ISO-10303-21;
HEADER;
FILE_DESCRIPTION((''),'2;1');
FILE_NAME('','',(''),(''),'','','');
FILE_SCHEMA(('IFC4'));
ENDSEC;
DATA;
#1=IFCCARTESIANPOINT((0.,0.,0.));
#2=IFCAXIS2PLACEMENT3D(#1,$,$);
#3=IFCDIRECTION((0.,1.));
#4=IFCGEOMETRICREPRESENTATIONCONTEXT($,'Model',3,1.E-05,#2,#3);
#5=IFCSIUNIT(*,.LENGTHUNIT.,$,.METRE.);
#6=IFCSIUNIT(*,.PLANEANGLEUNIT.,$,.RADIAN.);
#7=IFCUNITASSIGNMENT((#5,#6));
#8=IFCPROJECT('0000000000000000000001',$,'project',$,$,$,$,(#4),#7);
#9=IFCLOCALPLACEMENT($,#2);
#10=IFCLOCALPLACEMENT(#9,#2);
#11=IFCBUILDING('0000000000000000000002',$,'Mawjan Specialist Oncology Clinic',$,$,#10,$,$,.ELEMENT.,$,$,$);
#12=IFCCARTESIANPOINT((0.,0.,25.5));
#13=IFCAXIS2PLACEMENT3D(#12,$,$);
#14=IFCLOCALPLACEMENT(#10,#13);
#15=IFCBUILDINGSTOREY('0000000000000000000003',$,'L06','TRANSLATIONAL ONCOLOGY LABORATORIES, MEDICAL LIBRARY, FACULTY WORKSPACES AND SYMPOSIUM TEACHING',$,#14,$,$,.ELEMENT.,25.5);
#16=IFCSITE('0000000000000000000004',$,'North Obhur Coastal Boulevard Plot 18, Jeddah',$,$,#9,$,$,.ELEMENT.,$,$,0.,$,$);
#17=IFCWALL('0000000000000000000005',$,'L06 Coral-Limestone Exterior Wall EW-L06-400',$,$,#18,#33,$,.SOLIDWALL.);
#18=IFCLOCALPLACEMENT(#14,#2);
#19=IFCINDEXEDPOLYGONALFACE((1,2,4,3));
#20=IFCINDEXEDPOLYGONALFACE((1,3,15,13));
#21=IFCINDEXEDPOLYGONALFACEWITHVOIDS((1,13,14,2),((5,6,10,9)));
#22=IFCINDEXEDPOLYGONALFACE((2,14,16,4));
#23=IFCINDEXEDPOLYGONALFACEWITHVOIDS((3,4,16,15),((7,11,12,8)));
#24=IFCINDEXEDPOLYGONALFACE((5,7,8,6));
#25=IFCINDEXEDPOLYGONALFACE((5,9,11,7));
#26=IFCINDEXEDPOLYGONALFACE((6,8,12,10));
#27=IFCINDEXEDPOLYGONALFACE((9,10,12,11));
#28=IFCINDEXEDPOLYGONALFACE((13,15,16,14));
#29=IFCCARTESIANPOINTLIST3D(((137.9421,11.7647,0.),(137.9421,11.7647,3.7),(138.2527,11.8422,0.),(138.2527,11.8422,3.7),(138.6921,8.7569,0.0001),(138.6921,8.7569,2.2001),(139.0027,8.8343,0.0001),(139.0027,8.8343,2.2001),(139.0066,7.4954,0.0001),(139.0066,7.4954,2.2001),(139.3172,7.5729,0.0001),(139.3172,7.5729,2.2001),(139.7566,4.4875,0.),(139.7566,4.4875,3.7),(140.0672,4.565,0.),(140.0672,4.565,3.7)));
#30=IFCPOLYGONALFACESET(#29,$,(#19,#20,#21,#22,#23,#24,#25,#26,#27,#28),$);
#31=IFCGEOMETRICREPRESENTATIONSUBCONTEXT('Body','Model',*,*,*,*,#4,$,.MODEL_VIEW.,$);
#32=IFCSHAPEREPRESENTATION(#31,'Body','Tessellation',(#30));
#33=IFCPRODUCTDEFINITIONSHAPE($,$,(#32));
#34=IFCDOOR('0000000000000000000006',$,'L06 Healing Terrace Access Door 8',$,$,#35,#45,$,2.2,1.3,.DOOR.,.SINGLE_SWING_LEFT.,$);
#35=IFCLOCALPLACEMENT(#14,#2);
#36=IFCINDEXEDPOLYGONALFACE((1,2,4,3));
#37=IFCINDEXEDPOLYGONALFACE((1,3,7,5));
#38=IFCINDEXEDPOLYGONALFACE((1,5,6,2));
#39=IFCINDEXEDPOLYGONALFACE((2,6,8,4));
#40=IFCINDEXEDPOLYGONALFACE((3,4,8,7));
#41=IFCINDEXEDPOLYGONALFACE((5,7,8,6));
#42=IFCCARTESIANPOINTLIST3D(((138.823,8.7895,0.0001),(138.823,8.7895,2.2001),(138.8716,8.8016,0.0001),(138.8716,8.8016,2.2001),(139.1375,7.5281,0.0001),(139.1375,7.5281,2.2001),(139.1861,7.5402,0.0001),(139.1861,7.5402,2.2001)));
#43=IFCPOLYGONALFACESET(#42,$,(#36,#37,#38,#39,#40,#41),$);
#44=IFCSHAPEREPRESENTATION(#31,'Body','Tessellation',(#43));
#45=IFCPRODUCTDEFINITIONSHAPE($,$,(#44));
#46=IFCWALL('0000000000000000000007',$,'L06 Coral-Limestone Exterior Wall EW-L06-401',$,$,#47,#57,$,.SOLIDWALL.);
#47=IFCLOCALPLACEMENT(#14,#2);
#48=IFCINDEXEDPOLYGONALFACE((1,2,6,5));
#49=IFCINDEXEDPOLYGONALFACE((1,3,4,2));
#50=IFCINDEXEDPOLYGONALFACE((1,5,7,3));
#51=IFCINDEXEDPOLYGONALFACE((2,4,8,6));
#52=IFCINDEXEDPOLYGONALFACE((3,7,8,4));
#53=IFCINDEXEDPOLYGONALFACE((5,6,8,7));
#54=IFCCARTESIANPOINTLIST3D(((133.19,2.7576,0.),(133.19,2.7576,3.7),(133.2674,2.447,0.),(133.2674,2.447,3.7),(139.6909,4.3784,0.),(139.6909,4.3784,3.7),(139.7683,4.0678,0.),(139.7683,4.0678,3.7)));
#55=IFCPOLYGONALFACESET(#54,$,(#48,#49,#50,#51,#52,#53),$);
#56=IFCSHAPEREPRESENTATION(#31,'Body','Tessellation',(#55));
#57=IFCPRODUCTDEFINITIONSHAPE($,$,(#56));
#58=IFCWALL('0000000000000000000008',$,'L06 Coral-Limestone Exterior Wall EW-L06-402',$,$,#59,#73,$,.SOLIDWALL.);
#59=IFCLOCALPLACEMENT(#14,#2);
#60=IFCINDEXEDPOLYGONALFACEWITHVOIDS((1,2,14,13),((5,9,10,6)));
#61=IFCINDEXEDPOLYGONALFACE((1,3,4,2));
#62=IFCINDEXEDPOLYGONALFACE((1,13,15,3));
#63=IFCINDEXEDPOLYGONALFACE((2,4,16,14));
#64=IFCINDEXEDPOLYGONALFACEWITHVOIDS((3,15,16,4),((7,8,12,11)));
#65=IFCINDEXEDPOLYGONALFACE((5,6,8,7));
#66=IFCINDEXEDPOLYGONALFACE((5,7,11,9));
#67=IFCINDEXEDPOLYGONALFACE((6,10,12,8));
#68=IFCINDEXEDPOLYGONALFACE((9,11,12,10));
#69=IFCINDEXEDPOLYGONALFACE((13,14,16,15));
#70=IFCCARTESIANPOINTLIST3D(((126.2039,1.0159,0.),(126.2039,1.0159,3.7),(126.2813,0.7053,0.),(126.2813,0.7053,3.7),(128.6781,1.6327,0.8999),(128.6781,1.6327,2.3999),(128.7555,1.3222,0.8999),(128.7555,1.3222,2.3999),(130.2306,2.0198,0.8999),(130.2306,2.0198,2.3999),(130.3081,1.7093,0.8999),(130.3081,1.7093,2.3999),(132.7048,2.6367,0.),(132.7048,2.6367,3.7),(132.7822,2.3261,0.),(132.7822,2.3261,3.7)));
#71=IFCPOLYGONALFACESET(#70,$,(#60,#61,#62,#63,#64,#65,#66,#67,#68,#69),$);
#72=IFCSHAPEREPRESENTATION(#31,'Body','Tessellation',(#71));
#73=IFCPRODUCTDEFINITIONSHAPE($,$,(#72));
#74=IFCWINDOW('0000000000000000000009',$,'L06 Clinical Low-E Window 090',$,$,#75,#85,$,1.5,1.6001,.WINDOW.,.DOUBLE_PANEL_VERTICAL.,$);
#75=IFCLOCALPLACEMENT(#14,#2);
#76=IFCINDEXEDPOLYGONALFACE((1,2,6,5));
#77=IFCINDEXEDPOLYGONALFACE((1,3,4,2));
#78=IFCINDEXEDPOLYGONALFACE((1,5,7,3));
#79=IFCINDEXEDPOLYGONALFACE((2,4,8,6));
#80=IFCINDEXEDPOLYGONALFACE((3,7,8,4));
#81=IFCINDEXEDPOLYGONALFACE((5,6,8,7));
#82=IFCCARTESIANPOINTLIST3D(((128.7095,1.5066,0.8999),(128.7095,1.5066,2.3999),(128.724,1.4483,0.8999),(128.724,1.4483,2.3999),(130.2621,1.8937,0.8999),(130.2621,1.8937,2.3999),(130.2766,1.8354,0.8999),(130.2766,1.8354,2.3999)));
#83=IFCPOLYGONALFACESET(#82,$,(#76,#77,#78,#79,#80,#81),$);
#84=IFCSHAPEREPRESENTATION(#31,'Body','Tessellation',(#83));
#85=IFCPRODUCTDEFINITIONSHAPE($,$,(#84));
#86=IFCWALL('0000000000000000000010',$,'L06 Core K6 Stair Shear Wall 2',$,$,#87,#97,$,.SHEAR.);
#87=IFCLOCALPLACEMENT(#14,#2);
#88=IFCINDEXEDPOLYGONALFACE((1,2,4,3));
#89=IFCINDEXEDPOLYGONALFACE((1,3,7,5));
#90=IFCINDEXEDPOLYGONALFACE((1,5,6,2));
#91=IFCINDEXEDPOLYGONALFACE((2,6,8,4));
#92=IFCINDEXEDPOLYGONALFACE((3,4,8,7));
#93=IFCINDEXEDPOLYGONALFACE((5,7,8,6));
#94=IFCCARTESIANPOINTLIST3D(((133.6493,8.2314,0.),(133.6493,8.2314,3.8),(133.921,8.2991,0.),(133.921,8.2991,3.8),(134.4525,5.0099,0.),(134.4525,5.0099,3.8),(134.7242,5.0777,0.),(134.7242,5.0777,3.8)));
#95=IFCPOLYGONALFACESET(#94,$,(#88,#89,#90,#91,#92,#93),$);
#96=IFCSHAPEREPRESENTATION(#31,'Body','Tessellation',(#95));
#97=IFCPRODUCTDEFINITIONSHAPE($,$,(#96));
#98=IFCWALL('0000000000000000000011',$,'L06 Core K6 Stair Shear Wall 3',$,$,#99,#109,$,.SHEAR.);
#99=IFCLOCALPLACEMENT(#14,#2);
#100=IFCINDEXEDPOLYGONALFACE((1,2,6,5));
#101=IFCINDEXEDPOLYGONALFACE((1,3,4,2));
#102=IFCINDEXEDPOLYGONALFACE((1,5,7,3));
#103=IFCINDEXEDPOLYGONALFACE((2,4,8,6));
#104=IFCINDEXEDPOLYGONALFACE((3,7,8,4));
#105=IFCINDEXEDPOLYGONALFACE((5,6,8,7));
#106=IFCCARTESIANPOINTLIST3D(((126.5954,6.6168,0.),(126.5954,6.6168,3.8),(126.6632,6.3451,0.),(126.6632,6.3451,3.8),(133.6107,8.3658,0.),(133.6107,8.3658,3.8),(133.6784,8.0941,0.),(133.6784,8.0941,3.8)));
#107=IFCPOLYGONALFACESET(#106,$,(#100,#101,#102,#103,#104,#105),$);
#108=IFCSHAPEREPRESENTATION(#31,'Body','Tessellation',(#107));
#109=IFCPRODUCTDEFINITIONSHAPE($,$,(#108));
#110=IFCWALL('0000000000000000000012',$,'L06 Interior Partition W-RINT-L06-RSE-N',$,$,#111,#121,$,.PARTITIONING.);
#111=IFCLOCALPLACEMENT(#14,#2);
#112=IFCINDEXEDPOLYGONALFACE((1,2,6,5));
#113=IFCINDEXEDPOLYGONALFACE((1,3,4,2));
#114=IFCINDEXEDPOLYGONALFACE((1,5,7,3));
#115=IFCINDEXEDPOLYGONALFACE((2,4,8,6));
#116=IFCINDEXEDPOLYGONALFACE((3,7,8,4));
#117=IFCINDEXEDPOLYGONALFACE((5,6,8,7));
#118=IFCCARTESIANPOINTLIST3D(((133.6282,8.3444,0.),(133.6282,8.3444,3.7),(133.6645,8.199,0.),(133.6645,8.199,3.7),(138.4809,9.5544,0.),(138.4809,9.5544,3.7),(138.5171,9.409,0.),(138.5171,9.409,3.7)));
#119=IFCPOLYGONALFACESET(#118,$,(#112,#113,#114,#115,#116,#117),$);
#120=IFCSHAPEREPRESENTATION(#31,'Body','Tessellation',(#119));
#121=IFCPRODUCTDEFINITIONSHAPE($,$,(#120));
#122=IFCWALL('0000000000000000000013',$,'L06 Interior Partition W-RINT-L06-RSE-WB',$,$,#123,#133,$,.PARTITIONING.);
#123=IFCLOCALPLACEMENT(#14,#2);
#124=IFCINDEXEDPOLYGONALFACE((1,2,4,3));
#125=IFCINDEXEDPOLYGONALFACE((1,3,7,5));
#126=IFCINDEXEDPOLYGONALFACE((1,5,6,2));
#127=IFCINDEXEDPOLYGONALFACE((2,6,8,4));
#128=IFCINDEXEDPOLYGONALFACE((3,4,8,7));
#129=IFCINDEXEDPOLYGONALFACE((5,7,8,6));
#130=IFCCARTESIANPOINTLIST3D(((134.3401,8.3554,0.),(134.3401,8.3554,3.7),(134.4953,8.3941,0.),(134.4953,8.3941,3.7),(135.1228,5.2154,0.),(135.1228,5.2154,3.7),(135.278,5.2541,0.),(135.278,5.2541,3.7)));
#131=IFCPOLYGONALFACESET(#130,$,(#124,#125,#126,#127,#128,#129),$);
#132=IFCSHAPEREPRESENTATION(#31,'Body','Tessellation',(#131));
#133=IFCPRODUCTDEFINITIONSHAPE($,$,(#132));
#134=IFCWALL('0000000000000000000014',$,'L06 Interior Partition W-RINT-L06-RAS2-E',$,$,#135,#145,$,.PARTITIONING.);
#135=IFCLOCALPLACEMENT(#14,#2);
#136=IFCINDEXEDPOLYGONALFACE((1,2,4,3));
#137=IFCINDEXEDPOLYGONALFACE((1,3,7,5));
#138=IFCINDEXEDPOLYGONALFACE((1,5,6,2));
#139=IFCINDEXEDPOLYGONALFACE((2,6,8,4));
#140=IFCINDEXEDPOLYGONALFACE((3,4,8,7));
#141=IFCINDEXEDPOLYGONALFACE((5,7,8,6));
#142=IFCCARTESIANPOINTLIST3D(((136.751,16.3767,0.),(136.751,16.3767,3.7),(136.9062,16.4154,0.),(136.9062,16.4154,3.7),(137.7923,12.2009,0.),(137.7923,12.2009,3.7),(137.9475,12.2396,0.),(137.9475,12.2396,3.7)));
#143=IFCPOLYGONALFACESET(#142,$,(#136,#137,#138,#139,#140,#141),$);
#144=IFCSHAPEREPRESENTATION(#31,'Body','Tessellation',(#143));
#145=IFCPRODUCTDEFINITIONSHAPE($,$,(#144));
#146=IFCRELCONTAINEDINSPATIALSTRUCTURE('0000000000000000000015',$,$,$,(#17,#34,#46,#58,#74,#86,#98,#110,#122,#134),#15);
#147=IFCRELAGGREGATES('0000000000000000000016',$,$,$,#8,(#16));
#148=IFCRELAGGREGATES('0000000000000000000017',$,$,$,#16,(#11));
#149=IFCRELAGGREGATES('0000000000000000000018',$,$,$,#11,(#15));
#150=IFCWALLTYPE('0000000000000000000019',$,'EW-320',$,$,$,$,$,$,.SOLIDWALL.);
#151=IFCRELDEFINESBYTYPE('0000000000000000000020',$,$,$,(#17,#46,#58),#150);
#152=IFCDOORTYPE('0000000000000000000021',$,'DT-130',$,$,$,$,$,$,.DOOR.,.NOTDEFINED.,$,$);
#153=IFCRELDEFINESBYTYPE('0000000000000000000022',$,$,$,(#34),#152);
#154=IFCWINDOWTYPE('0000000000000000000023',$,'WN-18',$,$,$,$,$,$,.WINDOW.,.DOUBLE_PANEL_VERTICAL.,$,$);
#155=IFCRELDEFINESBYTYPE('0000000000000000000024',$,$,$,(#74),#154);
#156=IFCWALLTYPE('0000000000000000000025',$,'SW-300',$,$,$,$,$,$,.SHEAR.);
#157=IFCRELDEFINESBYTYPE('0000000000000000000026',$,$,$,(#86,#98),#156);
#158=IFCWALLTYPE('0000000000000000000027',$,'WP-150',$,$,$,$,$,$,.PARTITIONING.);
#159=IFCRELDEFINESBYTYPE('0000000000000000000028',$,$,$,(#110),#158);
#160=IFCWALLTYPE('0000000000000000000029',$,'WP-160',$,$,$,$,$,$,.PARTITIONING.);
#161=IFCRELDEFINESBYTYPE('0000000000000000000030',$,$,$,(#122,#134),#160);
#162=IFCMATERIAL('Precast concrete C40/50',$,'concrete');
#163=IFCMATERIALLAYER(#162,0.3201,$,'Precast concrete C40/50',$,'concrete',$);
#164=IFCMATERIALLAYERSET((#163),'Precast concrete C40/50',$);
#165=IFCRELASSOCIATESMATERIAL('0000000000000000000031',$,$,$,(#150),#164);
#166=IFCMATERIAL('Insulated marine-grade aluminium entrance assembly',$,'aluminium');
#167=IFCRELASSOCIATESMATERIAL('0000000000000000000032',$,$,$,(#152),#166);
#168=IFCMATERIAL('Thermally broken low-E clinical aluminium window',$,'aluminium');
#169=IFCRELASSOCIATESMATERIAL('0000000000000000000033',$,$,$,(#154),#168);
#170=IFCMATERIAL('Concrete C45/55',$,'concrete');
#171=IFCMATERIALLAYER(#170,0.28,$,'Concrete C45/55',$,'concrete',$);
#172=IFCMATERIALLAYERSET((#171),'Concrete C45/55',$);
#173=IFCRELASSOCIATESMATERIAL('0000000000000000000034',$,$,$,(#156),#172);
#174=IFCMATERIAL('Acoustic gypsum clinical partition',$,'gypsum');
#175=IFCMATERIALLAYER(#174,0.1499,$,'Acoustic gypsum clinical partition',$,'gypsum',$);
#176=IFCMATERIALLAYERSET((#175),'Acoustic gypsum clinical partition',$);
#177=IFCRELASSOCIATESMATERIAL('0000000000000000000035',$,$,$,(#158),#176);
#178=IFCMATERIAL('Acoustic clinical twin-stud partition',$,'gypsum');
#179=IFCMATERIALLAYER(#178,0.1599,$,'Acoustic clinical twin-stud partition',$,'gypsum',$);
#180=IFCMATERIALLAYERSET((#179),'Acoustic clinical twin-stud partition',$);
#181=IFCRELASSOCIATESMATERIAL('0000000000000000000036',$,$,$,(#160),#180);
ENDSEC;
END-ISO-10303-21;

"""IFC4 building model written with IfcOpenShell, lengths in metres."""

from ifc_helpers import new_model, si_unit, direction, frame, frame_2d, origin, place, context, subcontext, project, spatial, rectangle, extrude, material, layer, layer_set, type_object, element, fill, save


model = new_model("IFC4")

# Units and contexts
model_context = context("Model", 3, precision=1e-05, world=origin(), true_north=direction((0.0, 1.0)))
body_context = subcontext(model_context, "Body", "Model", "MODEL_VIEW")
ifc_project = project(units=[si_unit("LENGTHUNIT", "METRE"), si_unit("PLANEANGLEUNIT", "RADIAN")], contexts=[model_context])

# Site, building, storey
site_placement = place(None, origin())
site = spatial("IfcSite", under=ifc_project, at=site_placement, Name="North Obhur Coastal Boulevard Plot 18, Jeddah", CompositionType="ELEMENT", RefElevation=0.0)
building_placement = place(site_placement, origin())
building = spatial("IfcBuilding", under=site, at=building_placement, Name="Mawjan Specialist Oncology Clinic", CompositionType="ELEMENT")
storey_placement = place(building_placement, frame((0.0, 0.0, 25.5)))
storey = spatial("IfcBuildingStorey", under=building, at=storey_placement, Name="L06", Description="TRANSLATIONAL ONCOLOGY LABORATORIES, MEDICAL LIBRARY, FACULTY WORKSPACES AND SYMPOSIUM TEACHING", CompositionType="ELEMENT", Elevation=25.5)

# Wall, opening, door
ifc_material_1 = material(Name="Precast concrete C40/50", Category="concrete")
ifc_layer_1 = layer(ifc_material_1, 0.3201, Name="Precast concrete C40/50", Category="concrete")
ifc_layer_set_1 = layer_set([ifc_layer_1], Name="Precast concrete C40/50")
wall_type_1 = type_object("IfcWallType", Name="EW-320", PredefinedType="SOLIDWALL", material=ifc_layer_set_1)
wall_1_placement = place(storey_placement, frame((138.0974, 11.8035, 0.0), z_axis=(0.0, 0.0, 1.0), x_axis=(0.24193, -0.970294, 0.0)))
wall_1 = element("IfcWall", 1, at=wall_1_placement, inside=storey, type_object=wall_type_1, Name="L06 Coral-Limestone Exterior Wall EW-L06-400", PredefinedType="SOLIDWALL", context=body_context, shape_type="SweptSolid", body=[
    extrude(rectangle(XDim=7.5, YDim=0.3201, at=frame_2d((3.75, 0.0))), origin(), (0.0, 0.0, 1.0), 3.7),
])
opening_1_placement = place(wall_1_placement, frame((3.1001, 0.0, 0.0)))
opening_1 = element("IfcOpeningElement", 2, at=opening_1_placement, cuts=wall_1, PredefinedType="OPENING", context=body_context, shape_type="SweptSolid", body=[
    extrude(rectangle(XDim=1.3, YDim=2.2, at=frame_2d((0.6499, 1.1001))), frame((0.0, 0.1721, 0.0), z_axis=(0.0, -1.0, 0.0), x_axis=(1.0, 0.0, 0.0)), (0.0, 0.0, 1.0), 0.344),
])
ifc_material_2 = material(Name="Insulated marine-grade aluminium entrance assembly", Category="aluminium")
door_type_1 = type_object("IfcDoorType", Name="DT-130", OperationType="NOTDEFINED", PredefinedType="DOOR", material=ifc_material_2)
door_1_placement = place(opening_1_placement, origin())
door_1 = element("IfcDoor", 3, at=door_1_placement, inside=storey, type_object=door_type_1, Name="L06 Healing Terrace Access Door 8", OperationType="SINGLE_SWING_LEFT", OverallHeight=2.2, OverallWidth=1.3, PredefinedType="DOOR", context=body_context, shape_type="SweptSolid", body=[
    extrude(rectangle(XDim=1.3, YDim=2.2, at=frame_2d((0.6499, 1.1001))), frame((0.0, 0.0249, 0.0), z_axis=(0.0, -1.0, 0.0), x_axis=(1.0, 0.0, 0.0)), (0.0, 0.0, 1.0), 0.05),
])
fill(opening_1, door_1)

# Wall
wall_2_placement = place(storey_placement, frame((139.7297, 4.2231, 0.0), z_axis=(0.0, 0.0, 1.0), x_axis=(-0.970297, -0.241918, 0.0)))
element("IfcWall", 4, at=wall_2_placement, inside=storey, type_object=wall_type_1, Name="L06 Coral-Limestone Exterior Wall EW-L06-401", PredefinedType="SOLIDWALL", context=body_context, shape_type="SweptSolid", body=[
    extrude(rectangle(XDim=6.7, YDim=0.3201, at=frame_2d((3.3501, 0.0))), origin(), (0.0, 0.0, 1.0), 3.7),
])

# Wall, opening, window
wall_3_placement = place(storey_placement, frame((132.7437, 2.4814, 0.0), z_axis=(0.0, 0.0, 1.0), x_axis=(-0.970297, -0.241918, 0.0)))
wall_3 = element("IfcWall", 5, at=wall_3_placement, inside=storey, type_object=wall_type_1, Name="L06 Coral-Limestone Exterior Wall EW-L06-402", PredefinedType="SOLIDWALL", context=body_context, shape_type="SweptSolid", body=[
    extrude(rectangle(XDim=6.7, YDim=0.3201, at=frame_2d((3.3501, 0.0))), origin(), (0.0, 0.0, 1.0), 3.7),
])
opening_2_placement = place(wall_3_placement, frame((2.55, 0.0, 0.8999)))
opening_2 = element("IfcOpeningElement", 6, at=opening_2_placement, cuts=wall_3, PredefinedType="OPENING", context=body_context, shape_type="SweptSolid", body=[
    extrude(rectangle(XDim=1.6001, YDim=1.5, at=frame_2d((0.8, 0.75))), frame((0.0, 0.1721, 0.0), z_axis=(0.0, -1.0, 0.0), x_axis=(1.0, 0.0, 0.0)), (0.0, 0.0, 1.0), 0.344),
])
ifc_material_3 = material(Name="Thermally broken low-E clinical aluminium window", Category="aluminium")
window_type = type_object("IfcWindowType", Name="WN-18", PartitioningType="DOUBLE_PANEL_VERTICAL", PredefinedType="WINDOW", material=ifc_material_3)
window_placement = place(opening_2_placement, origin())
window = element("IfcWindow", 7, at=window_placement, inside=storey, type_object=window_type, Name="L06 Clinical Low-E Window 090", OverallHeight=1.5, OverallWidth=1.6001, PartitioningType="DOUBLE_PANEL_VERTICAL", PredefinedType="WINDOW", context=body_context, shape_type="SweptSolid", body=[
    extrude(rectangle(XDim=1.6001, YDim=1.5, at=frame_2d((0.8, 0.75))), frame((0.0, 0.03, 0.0), z_axis=(0.0, -1.0, 0.0), x_axis=(1.0, 0.0, 0.0)), (0.0, 0.0, 1.0), 0.0601),
])
fill(opening_2, window)

# Walls
ifc_material_4 = material(Name="Concrete C45/55", Category="concrete")
ifc_layer_2 = layer(ifc_material_4, 0.28, Name="Concrete C45/55", Category="concrete")
ifc_layer_set_2 = layer_set([ifc_layer_2], Name="Concrete C45/55")
wall_type_2 = type_object("IfcWallType", Name="SW-300", PredefinedType="SHEAR", material=ifc_layer_set_2)
wall_4_placement = place(storey_placement, frame((134.5884, 5.0437, 0.0), z_axis=(0.0, 0.0, 1.0), x_axis=(-0.24193, 0.970294, 0.0)))
element("IfcWall", 8, at=wall_4_placement, inside=storey, type_object=wall_type_2, Name="L06 Core K6 Stair Shear Wall 2", PredefinedType="SHEAR", context=body_context, shape_type="SweptSolid", body=[
    extrude(rectangle(XDim=3.3201, YDim=0.28, at=frame_2d((1.6602, 0.0))), origin(), (0.0, 0.0, 1.0), 3.8),
])
wall_5_placement = place(storey_placement, frame((133.6445, 8.23, 0.0), z_axis=(0.0, 0.0, 1.0), x_axis=(-0.970297, -0.241916, 0.0)))
element("IfcWall", 9, at=wall_5_placement, inside=storey, type_object=wall_type_2, Name="L06 Core K6 Stair Shear Wall 3", PredefinedType="SHEAR", context=body_context, shape_type="SweptSolid", body=[
    extrude(rectangle(XDim=7.23, YDim=0.28, at=frame_2d((3.615, 0.0))), origin(), (0.0, 0.0, 1.0), 3.8),
])

# Shared definitions
ifc_material_5 = material(Name="Acoustic gypsum clinical partition", Category="gypsum")
ifc_layer_3 = layer(ifc_material_5, 0.1499, Name="Acoustic gypsum clinical partition", Category="gypsum")
ifc_layer_set_3 = layer_set([ifc_layer_3], Name="Acoustic gypsum clinical partition")
wall_type_3 = type_object("IfcWallType", Name="WP-150", PredefinedType="PARTITIONING", material=ifc_layer_set_3)

# Walls
wall_6_placement = place(storey_placement, frame((133.6465, 8.2717, 0.0), z_axis=(0.0, 0.0, 1.0), x_axis=(0.970292, 0.241938, 0.0)))
element("IfcWall", 10, at=wall_6_placement, inside=storey, type_object=wall_type_3, Name="L06 Interior Partition W-RINT-L06-RSE-N", PredefinedType="PARTITIONING", context=body_context, shape_type="SweptSolid", body=[
    extrude(rectangle(XDim=5.0012, YDim=0.1499, at=frame_2d((2.5005, 0.0))), origin(), (0.0, 0.0, 1.0), 3.7),
])
ifc_material_6 = material(Name="Acoustic clinical twin-stud partition", Category="gypsum")
ifc_layer_4 = layer(ifc_material_6, 0.1599, Name="Acoustic clinical twin-stud partition", Category="gypsum")
ifc_layer_set_4 = layer_set([ifc_layer_4], Name="Acoustic clinical twin-stud partition")
wall_type_4 = type_object("IfcWallType", Name="WP-160", PredefinedType="PARTITIONING", material=ifc_layer_set_4)
wall_7_placement = place(storey_placement, frame((135.2004, 5.2346, 0.0), z_axis=(0.0, 0.0, 1.0), x_axis=(-0.241879, 0.970306, 0.0)))
element("IfcWall", 11, at=wall_7_placement, inside=storey, type_object=wall_type_4, Name="L06 Interior Partition W-RINT-L06-RSE-WB", PredefinedType="PARTITIONING", context=body_context, shape_type="SweptSolid", body=[
    extrude(rectangle(XDim=3.2361, YDim=0.1599, at=frame_2d((1.6182, 0.0))), origin(), (0.0, 0.0, 1.0), 3.7),
])
wall_8_placement = place(storey_placement, frame((137.8699, 12.2202, 0.0), z_axis=(0.0, 0.0, 1.0), x_axis=(-0.241948, 0.970289, 0.0)))
element("IfcWall", 12, at=wall_8_placement, inside=storey, type_object=wall_type_4, Name="L06 Interior Partition W-RINT-L06-RAS2-E", PredefinedType="PARTITIONING", context=body_context, shape_type="SweptSolid", body=[
    extrude(rectangle(XDim=4.3037, YDim=0.1599, at=frame_2d((2.1519, 0.0))), origin(), (0.0, 0.0, 1.0), 3.7),
])

save(model, "model.ifc")
